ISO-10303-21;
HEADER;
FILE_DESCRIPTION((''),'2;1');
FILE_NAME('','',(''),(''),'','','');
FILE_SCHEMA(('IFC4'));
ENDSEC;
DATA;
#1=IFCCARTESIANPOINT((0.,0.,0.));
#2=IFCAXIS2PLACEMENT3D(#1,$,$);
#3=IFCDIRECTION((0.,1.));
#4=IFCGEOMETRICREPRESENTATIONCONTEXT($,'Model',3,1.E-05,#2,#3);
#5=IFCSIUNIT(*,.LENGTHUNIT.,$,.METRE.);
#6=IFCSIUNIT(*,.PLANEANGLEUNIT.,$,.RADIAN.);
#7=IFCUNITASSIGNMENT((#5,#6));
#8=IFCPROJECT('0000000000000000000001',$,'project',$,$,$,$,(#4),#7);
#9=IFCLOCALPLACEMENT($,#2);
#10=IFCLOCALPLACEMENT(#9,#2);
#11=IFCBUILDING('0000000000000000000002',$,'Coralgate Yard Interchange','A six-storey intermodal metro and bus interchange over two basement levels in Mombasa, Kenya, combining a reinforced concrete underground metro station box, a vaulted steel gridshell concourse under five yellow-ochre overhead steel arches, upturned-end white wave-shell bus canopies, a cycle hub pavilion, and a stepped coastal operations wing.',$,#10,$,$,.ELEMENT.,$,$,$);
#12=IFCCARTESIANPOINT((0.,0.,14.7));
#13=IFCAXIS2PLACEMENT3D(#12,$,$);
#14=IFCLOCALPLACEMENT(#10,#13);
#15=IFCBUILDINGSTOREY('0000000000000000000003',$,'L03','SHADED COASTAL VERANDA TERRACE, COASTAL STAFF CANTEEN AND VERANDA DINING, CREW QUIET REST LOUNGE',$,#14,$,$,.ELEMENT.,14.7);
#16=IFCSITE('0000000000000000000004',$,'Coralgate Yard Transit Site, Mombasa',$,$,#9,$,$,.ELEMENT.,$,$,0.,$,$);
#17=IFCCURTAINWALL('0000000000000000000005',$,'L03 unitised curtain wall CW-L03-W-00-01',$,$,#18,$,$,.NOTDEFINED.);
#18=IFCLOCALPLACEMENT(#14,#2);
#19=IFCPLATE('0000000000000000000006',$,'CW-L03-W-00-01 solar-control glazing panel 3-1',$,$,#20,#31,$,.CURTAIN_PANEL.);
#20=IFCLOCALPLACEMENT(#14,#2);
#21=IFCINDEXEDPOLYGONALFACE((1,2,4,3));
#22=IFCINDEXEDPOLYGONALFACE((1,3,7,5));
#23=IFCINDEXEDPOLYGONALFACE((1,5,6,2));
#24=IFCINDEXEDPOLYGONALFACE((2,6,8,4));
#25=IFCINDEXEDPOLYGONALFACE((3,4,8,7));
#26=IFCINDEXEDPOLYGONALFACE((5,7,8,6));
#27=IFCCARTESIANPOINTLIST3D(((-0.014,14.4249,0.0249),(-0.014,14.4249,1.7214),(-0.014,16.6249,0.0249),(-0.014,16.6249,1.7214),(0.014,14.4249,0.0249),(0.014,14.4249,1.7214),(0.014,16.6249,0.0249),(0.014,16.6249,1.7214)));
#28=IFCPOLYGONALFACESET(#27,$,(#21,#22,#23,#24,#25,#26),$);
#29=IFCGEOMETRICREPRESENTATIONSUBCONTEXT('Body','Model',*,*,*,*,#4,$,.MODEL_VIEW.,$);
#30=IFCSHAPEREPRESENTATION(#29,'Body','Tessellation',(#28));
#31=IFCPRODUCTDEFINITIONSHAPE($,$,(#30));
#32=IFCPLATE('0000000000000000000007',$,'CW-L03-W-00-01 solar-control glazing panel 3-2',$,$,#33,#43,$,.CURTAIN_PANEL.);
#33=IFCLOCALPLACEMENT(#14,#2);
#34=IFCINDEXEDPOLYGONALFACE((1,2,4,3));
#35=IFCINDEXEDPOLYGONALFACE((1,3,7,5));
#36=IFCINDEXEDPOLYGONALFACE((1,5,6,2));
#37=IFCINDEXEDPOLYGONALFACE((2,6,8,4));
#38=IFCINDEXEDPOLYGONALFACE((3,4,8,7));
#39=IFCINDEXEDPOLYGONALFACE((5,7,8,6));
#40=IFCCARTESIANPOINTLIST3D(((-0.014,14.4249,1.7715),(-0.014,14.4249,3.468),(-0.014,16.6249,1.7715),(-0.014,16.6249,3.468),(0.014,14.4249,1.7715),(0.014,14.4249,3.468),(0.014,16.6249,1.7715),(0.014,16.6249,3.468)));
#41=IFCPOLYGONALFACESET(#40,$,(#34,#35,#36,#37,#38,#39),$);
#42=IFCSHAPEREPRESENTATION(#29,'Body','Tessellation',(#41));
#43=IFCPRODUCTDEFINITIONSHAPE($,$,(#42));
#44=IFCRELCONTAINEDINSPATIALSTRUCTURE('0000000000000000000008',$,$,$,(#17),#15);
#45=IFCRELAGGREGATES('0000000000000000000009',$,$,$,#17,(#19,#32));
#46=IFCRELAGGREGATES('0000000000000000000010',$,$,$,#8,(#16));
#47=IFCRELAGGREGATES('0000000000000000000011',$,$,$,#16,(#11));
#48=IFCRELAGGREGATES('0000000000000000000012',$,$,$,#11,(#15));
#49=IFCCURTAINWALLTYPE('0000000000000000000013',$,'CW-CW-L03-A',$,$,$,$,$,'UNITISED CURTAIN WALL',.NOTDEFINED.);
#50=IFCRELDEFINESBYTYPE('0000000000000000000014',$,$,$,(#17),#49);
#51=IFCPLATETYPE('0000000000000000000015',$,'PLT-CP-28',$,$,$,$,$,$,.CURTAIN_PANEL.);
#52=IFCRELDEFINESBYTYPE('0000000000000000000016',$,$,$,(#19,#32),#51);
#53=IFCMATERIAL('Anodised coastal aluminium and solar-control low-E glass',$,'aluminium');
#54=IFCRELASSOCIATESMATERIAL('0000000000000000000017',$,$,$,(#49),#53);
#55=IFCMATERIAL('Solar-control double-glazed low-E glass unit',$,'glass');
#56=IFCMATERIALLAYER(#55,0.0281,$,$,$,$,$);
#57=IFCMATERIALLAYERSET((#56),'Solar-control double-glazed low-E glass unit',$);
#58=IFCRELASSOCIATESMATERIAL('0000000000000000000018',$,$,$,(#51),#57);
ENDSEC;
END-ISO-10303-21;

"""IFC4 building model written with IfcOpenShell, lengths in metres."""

from ifc_helpers import new_model, si_unit, direction, frame, origin, origin_2d, place, context, subcontext, project, spatial, rectangle, extrude, material, layer, layer_set, type_object, element, aggregate, save


model = new_model("IFC4")

# Units and contexts
model_context = context("Model", 3, precision=1e-05, world=origin(), true_north=direction((0.0, 1.0)))
body_context = subcontext(model_context, "Body", "Model", "MODEL_VIEW")
ifc_project = project(units=[si_unit("LENGTHUNIT", "METRE"), si_unit("PLANEANGLEUNIT", "RADIAN")], contexts=[model_context])

# Site, building, storey
site_placement = place(None, origin())
site = spatial("IfcSite", under=ifc_project, at=site_placement, Name="Coralgate Yard Transit Site, Mombasa", CompositionType="ELEMENT", RefElevation=0.0)
building_placement = place(site_placement, origin())
building = spatial("IfcBuilding", under=site, at=building_placement, Name="Coralgate Yard Interchange", Description="A six-storey intermodal metro and bus interchange over two basement levels in Mombasa, Kenya, combining a reinforced concrete underground metro station box, a vaulted steel gridshell concourse under five yellow-ochre overhead steel arches, upturned-end white wave-shell bus canopies, a cycle hub pavilion, and a stepped coastal operations wing.", CompositionType="ELEMENT")
storey_placement = place(building_placement, frame((0.0, 0.0, 14.7)))
storey = spatial("IfcBuildingStorey", under=building, at=storey_placement, Name="L03", Description="SHADED COASTAL VERANDA TERRACE, COASTAL STAFF CANTEEN AND VERANDA DINING, CREW QUIET REST LOUNGE", CompositionType="ELEMENT", Elevation=14.7)

# Curtain wall, plates
ifc_material_1 = material(Name="Anodised coastal aluminium and solar-control low-E glass", Category="aluminium")
curtain_wall_type = type_object("IfcCurtainWallType", Name="CW-CW-L03-A", ElementType="UNITISED CURTAIN WALL", PredefinedType="NOTDEFINED", material=ifc_material_1)
curtain_wall_placement = place(storey_placement, origin())
curtain_wall = element("IfcCurtainWall", 1, at=curtain_wall_placement, inside=storey, type_object=curtain_wall_type, Name="L03 unitised curtain wall CW-L03-W-00-01", PredefinedType="NOTDEFINED")
ifc_material_2 = material(Name="Solar-control double-glazed low-E glass unit", Category="glass")
ifc_layer = layer(ifc_material_2, 0.0281)
ifc_layer_set = layer_set([ifc_layer], Name="Solar-control double-glazed low-E glass unit")
plate_type = type_object("IfcPlateType", Name="PLT-CP-28", PredefinedType="CURTAIN_PANEL", material=ifc_layer_set)
plate_1_placement = place(storey_placement, frame((0.0, 15.5249, 0.0249), z_axis=(0.0, 0.0, 1.0), x_axis=(0.0, 1.0, 0.0)))
plate_1 = element("IfcPlate", 2, at=plate_1_placement, type_object=plate_type, Name="CW-L03-W-00-01 solar-control glazing panel 3-1", PredefinedType="CURTAIN_PANEL", context=body_context, shape_type="SweptSolid", body=[
    extrude(rectangle(XDim=2.2, YDim=0.0281, at=origin_2d()), origin(), (0.0, 0.0, 1.0), 1.6965),
])
plate_2_placement = place(storey_placement, frame((0.0, 15.5249, 1.7715), z_axis=(0.0, 0.0, 1.0), x_axis=(0.0, 1.0, 0.0)))
plate_2 = element("IfcPlate", 3, at=plate_2_placement, type_object=plate_type, Name="CW-L03-W-00-01 solar-control glazing panel 3-2", PredefinedType="CURTAIN_PANEL", context=body_context, shape_type="SweptSolid", body=[
    extrude(rectangle(XDim=2.2, YDim=0.0281, at=origin_2d()), origin(), (0.0, 0.0, 1.0), 1.6965),
])
aggregate(curtain_wall, [plate_1, plate_2])

save(model, "model.ifc")
